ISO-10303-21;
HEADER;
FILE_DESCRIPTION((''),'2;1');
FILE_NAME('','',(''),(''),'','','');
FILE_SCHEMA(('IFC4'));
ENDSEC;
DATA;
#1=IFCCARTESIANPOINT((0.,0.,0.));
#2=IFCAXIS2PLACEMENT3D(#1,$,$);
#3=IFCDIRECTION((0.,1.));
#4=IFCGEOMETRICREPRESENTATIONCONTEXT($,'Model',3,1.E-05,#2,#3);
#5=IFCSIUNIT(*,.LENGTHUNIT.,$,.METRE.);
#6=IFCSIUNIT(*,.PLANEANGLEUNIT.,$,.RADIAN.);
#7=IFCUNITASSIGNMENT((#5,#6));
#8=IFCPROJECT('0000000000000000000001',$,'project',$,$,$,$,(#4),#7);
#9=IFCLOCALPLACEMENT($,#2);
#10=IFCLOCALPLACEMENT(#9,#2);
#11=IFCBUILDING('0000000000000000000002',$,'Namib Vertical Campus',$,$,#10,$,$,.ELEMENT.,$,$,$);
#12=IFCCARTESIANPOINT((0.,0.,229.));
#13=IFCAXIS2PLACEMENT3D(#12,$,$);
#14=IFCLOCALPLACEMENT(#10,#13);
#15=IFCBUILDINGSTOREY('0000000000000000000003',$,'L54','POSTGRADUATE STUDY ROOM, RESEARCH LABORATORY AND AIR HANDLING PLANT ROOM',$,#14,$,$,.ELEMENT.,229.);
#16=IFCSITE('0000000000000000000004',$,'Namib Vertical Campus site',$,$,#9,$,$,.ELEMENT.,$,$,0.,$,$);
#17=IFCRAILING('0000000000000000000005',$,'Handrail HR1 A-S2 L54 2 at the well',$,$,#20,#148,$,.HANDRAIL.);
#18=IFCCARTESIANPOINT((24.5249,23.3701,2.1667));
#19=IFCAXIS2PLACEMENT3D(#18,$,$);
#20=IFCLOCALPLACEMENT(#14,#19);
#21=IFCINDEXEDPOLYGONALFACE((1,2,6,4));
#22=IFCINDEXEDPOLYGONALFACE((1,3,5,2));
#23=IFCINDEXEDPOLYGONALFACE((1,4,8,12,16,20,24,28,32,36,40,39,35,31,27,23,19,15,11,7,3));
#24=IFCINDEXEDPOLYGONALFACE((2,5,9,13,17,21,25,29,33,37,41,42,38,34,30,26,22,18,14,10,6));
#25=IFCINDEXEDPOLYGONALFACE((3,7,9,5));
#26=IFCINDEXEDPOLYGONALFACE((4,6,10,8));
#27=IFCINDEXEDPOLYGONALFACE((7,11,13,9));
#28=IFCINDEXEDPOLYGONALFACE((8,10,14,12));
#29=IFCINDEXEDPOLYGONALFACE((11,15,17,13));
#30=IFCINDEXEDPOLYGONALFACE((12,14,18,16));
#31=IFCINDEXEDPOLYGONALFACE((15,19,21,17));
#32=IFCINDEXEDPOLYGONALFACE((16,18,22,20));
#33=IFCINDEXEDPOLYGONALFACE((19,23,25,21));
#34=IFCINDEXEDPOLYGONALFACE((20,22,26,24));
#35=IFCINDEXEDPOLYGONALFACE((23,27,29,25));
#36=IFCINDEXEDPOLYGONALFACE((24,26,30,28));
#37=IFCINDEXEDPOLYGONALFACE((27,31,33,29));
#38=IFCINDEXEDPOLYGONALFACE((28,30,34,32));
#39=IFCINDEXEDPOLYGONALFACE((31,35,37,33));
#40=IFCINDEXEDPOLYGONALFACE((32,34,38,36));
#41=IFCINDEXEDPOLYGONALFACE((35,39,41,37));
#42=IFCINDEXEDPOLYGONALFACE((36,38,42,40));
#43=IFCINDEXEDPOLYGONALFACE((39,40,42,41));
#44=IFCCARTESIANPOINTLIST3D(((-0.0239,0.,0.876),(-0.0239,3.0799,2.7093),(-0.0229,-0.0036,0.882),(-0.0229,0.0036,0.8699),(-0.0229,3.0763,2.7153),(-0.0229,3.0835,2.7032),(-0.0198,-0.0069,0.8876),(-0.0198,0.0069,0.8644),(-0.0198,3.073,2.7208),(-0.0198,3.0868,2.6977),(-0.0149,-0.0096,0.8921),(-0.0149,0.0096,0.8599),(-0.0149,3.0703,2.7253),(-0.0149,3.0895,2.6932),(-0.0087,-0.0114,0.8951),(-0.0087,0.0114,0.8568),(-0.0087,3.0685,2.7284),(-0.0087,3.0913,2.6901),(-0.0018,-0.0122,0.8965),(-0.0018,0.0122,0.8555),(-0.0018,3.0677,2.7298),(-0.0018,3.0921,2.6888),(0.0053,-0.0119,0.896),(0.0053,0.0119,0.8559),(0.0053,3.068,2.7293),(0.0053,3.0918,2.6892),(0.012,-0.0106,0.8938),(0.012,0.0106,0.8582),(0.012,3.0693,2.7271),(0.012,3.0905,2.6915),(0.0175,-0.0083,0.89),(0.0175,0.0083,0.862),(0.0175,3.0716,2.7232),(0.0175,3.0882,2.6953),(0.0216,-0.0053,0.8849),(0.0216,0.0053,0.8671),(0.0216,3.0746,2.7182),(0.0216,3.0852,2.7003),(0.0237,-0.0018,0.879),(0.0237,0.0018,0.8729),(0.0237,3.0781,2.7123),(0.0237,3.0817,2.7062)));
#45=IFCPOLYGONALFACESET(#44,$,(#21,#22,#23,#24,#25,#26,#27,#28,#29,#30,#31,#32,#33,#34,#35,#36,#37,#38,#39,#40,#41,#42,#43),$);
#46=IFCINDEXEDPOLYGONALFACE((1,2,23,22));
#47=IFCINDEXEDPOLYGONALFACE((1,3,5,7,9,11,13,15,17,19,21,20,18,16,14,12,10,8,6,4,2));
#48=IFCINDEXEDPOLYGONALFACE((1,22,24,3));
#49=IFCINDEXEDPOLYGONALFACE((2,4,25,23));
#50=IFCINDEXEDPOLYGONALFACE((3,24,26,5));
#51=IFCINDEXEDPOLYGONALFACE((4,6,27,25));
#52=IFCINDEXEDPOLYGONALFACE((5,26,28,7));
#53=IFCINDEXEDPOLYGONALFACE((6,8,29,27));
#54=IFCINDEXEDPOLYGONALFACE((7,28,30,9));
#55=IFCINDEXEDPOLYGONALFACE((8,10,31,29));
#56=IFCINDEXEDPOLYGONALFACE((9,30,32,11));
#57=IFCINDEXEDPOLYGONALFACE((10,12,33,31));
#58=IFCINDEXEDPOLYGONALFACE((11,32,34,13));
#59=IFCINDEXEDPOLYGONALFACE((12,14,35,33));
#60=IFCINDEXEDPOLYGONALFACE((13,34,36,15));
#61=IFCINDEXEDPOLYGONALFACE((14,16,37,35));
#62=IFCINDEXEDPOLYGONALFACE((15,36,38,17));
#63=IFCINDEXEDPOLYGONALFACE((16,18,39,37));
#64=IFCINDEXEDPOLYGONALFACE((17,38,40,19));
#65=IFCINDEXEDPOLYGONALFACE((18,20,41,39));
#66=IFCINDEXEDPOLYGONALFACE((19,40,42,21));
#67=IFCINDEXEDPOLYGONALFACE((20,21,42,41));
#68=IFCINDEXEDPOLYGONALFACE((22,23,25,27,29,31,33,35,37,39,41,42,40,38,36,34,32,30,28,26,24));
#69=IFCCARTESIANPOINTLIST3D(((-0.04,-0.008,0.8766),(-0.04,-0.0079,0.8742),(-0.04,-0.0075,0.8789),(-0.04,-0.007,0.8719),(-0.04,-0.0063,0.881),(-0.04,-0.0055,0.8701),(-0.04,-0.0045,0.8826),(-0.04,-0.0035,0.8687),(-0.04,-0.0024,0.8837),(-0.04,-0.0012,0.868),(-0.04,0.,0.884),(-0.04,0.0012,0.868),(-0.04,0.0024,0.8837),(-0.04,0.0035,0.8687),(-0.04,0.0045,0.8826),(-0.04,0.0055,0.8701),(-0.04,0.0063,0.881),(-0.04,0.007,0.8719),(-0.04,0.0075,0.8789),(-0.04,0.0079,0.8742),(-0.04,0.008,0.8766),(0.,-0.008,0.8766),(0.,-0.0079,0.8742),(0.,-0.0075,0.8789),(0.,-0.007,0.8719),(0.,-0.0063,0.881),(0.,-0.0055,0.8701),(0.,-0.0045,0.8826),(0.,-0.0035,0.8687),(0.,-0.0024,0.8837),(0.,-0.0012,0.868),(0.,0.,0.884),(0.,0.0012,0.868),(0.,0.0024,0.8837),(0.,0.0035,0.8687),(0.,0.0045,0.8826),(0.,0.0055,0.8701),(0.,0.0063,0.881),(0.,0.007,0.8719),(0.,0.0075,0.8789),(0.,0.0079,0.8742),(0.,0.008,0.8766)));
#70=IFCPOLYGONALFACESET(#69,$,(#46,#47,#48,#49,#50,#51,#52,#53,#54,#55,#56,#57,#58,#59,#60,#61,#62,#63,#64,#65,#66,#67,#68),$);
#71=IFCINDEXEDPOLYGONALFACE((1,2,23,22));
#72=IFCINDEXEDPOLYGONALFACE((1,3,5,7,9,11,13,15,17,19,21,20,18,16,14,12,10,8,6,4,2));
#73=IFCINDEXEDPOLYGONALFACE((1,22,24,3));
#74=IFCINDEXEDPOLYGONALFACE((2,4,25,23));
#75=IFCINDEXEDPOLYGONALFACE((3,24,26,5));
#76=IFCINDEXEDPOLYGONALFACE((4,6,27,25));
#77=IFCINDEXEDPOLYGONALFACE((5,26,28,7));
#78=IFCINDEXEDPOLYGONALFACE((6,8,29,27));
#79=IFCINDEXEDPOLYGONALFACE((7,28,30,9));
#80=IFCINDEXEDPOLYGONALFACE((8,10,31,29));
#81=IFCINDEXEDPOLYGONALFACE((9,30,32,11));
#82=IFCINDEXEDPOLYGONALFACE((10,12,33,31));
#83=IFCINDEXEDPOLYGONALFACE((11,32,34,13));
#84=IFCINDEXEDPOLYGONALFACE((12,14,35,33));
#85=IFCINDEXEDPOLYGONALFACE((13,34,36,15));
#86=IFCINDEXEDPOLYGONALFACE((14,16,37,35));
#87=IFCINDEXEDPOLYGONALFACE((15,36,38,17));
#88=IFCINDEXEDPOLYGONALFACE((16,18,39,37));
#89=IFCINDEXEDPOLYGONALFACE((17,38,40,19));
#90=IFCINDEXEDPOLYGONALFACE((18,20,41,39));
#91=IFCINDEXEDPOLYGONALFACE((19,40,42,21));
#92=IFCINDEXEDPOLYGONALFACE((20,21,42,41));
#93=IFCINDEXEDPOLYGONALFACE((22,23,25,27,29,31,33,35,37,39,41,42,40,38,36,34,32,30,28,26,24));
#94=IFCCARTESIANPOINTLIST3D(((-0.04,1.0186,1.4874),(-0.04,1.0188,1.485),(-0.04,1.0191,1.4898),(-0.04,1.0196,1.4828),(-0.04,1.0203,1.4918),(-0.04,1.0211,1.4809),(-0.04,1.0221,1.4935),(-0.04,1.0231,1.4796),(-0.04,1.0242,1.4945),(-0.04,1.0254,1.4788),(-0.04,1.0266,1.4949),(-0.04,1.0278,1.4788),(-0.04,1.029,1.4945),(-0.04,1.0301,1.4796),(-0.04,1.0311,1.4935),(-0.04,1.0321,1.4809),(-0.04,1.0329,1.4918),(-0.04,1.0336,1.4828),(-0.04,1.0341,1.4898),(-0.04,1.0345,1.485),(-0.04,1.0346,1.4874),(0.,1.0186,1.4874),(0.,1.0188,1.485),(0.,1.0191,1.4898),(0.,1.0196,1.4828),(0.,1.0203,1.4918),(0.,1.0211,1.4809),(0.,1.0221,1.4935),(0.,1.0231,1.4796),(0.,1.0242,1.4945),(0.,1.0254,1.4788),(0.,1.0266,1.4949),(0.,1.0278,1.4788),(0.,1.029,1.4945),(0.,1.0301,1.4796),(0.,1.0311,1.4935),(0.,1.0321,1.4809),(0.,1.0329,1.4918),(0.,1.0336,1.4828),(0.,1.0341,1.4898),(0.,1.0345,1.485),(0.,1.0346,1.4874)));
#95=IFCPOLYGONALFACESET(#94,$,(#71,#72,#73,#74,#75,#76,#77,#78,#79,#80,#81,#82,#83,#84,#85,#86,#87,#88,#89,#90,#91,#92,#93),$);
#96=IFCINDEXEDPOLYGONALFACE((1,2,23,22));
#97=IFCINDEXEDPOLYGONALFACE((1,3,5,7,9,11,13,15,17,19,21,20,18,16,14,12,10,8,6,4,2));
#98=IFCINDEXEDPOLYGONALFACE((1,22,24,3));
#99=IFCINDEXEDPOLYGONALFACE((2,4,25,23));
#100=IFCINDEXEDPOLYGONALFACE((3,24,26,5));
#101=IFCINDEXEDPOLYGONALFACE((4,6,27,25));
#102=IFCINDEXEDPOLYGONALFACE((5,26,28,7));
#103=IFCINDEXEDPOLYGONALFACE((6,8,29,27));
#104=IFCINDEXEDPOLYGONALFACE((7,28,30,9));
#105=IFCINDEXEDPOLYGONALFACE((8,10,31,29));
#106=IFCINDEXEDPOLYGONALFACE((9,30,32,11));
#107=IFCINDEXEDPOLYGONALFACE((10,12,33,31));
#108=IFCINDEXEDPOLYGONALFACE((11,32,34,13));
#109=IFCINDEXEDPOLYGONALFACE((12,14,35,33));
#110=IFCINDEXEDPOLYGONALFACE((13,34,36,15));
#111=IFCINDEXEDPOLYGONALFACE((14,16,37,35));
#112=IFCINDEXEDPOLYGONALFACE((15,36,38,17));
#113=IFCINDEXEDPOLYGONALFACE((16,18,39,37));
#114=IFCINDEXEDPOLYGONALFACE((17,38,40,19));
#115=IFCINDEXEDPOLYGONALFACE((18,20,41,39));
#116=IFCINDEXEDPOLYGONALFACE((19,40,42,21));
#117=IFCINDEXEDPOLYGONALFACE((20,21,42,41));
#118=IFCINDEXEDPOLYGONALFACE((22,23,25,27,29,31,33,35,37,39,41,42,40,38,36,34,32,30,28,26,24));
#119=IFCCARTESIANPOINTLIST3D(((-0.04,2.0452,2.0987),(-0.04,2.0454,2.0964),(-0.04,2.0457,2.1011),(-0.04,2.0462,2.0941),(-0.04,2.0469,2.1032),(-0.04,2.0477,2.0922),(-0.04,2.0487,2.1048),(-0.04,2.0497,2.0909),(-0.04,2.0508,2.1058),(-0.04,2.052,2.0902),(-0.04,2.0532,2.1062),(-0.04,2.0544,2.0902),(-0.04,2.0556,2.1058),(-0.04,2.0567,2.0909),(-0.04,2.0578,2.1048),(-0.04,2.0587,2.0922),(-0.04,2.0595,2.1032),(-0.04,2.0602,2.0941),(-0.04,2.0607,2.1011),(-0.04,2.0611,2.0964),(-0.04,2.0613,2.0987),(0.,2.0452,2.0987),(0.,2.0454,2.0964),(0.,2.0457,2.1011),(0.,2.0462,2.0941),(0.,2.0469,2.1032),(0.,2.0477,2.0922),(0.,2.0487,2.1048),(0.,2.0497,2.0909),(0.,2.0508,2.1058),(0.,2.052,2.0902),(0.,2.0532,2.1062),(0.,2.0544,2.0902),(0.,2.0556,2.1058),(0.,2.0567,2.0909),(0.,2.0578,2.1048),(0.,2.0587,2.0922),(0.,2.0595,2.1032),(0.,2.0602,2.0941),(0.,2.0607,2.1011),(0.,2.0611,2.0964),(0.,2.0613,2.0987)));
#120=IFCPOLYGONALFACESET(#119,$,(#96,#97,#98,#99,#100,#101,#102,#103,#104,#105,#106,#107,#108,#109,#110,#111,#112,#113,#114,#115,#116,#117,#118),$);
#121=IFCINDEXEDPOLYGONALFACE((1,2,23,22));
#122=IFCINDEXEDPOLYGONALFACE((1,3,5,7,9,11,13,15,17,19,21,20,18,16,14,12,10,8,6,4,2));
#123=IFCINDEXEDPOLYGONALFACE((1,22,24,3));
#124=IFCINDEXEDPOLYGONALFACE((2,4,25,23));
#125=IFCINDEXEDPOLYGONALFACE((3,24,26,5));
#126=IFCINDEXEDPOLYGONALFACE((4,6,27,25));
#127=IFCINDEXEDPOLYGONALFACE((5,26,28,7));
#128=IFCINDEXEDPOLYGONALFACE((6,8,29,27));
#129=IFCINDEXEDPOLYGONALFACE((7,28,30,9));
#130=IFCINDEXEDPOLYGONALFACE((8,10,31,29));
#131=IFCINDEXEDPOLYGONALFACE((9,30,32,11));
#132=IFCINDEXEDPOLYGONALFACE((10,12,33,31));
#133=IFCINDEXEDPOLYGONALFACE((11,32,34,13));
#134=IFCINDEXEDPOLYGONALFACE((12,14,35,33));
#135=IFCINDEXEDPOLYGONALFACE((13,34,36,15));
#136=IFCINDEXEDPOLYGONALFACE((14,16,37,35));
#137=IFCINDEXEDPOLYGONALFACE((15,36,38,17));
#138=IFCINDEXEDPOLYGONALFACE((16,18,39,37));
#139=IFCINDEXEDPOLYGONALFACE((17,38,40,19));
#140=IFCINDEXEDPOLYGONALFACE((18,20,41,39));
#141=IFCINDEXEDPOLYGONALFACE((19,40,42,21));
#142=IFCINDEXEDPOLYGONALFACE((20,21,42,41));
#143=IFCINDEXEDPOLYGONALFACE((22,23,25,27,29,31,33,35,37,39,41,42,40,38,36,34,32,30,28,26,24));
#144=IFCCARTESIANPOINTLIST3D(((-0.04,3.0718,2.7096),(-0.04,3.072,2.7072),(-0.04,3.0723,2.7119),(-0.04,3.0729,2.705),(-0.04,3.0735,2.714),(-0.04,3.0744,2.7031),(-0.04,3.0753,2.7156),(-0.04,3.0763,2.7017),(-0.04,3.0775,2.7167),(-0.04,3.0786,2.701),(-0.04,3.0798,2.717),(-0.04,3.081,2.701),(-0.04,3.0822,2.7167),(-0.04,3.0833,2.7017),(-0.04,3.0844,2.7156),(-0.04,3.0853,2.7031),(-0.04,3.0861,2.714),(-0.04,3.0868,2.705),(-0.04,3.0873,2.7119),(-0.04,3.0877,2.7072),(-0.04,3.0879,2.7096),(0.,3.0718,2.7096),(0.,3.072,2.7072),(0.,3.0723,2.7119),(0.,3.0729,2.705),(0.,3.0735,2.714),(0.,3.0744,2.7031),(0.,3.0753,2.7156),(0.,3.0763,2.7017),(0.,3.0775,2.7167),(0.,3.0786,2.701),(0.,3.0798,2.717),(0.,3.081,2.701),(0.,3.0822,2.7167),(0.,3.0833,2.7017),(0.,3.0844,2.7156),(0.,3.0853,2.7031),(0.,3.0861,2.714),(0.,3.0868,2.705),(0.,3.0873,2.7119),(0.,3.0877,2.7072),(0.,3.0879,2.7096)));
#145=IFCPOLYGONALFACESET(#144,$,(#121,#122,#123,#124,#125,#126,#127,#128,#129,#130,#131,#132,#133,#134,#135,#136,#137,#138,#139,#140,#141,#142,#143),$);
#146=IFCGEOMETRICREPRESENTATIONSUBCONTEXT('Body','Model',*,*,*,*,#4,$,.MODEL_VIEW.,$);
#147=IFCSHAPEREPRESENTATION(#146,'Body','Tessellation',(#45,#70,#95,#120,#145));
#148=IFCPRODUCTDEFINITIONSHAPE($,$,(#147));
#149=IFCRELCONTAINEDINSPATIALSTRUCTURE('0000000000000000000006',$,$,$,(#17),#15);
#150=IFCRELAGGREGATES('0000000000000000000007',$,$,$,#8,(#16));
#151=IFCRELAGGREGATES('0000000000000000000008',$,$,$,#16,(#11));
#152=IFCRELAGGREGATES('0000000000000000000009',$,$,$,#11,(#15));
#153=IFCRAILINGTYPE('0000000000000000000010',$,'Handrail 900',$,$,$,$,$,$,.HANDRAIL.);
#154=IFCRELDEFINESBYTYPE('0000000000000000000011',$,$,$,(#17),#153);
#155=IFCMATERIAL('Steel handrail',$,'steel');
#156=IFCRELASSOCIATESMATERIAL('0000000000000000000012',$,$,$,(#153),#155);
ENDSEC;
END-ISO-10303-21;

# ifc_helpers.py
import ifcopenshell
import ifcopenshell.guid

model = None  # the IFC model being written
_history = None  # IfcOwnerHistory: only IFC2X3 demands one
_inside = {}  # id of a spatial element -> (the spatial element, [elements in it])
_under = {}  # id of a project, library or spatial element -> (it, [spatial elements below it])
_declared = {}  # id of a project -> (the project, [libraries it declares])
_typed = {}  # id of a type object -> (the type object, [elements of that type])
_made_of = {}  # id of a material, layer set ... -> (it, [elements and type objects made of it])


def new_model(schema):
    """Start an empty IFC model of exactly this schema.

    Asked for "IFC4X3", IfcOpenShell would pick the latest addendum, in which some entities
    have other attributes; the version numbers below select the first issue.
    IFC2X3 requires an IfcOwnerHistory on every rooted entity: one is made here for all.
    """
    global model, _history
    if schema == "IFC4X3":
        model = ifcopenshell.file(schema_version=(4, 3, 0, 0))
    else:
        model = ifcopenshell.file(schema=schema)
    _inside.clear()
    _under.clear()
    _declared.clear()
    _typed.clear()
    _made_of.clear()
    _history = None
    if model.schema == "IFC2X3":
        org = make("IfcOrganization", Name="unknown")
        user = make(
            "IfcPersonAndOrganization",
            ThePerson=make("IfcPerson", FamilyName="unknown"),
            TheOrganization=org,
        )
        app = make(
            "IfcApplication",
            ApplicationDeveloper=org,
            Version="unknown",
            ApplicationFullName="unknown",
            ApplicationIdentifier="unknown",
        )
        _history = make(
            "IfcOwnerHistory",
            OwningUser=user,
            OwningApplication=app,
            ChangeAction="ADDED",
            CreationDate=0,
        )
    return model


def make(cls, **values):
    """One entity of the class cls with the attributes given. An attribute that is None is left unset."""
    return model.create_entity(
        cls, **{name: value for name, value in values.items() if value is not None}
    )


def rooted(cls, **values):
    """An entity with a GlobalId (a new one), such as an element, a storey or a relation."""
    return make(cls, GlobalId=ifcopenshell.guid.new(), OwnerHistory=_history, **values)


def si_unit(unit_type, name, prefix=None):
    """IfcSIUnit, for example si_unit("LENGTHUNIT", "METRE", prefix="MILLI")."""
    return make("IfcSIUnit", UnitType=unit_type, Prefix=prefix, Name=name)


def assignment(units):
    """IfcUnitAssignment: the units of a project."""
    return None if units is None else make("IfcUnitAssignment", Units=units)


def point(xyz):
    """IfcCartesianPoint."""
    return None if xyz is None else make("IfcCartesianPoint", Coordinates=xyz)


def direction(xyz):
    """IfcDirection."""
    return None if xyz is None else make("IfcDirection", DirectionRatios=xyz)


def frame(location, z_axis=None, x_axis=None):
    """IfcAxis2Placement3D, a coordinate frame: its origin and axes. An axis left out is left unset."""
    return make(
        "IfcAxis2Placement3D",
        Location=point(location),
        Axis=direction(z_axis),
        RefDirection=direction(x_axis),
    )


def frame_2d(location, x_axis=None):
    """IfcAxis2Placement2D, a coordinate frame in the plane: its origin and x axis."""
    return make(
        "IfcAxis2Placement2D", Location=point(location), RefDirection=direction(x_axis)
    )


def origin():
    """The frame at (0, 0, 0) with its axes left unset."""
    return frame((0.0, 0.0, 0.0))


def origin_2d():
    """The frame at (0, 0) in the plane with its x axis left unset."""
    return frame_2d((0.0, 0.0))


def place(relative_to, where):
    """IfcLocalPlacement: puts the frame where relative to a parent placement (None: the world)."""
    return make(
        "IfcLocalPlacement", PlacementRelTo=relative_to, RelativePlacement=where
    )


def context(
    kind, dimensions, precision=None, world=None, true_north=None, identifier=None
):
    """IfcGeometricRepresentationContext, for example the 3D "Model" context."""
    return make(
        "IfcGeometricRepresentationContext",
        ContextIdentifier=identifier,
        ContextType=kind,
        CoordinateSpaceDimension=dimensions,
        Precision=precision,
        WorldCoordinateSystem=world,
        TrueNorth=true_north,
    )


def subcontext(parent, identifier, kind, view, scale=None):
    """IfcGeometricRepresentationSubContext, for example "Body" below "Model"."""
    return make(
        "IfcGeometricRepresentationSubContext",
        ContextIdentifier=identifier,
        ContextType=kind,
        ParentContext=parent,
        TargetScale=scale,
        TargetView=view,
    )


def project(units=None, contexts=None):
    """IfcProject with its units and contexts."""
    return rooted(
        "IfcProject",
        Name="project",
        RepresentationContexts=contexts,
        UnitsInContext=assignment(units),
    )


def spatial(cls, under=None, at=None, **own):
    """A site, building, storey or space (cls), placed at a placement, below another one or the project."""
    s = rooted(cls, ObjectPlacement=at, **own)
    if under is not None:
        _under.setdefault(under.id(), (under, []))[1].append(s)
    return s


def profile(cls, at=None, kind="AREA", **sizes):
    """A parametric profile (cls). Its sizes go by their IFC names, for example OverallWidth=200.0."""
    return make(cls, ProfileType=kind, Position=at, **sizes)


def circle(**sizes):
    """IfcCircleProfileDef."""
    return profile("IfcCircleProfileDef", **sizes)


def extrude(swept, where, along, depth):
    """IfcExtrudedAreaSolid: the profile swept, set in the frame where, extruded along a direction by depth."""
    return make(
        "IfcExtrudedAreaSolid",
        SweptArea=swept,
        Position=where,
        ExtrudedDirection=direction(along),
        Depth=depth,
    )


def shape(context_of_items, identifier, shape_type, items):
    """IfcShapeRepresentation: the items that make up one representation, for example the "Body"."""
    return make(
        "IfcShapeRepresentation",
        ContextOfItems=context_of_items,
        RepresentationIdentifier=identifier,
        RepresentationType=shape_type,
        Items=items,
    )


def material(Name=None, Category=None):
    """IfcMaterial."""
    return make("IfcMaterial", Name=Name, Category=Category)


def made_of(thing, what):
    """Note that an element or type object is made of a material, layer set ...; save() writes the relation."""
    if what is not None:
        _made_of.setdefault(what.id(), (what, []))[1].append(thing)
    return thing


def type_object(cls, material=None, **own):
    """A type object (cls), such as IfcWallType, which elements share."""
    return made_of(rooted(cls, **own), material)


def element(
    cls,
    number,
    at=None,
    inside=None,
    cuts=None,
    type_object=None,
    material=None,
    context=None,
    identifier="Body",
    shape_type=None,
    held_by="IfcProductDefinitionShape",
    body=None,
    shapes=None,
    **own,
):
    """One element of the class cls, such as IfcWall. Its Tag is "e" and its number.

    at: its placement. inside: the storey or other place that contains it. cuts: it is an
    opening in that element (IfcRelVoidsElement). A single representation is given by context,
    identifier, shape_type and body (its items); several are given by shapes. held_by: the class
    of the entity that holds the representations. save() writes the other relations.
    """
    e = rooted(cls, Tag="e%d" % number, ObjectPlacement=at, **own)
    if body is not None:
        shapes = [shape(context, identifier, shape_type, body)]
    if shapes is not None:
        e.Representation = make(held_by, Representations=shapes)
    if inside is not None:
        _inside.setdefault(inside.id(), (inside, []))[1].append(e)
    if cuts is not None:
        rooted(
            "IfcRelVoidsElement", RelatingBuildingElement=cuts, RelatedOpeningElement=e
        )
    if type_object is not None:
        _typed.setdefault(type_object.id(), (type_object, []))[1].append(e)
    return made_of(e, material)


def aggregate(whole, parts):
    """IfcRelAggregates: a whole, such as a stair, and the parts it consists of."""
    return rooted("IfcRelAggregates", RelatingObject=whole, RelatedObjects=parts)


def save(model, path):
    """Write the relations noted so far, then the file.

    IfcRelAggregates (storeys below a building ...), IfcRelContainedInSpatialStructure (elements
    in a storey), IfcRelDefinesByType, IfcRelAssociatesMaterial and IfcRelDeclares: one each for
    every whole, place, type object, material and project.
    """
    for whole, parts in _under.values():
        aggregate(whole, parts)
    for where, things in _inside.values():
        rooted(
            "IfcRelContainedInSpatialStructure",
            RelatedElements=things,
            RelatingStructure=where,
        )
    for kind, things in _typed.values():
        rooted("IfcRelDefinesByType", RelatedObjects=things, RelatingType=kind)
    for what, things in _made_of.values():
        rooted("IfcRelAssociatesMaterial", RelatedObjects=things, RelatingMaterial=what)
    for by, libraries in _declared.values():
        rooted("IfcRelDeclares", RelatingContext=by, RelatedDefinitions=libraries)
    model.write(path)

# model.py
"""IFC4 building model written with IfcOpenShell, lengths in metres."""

from ifc_helpers import new_model, si_unit, direction, frame, origin, origin_2d, place, context, subcontext, project, spatial, circle, extrude, material, type_object, element, save


model = new_model("IFC4")

# Units and contexts
model_context = context("Model", 3, precision=1e-05, world=origin(), true_north=direction((0.0, 1.0)))
body_context = subcontext(model_context, "Body", "Model", "MODEL_VIEW")
ifc_project = project(units=[si_unit("LENGTHUNIT", "METRE"), si_unit("PLANEANGLEUNIT", "RADIAN")], contexts=[model_context])

# Site, building, storey
site_placement = place(None, origin())
site = spatial("IfcSite", under=ifc_project, at=site_placement, Name="Namib Vertical Campus site", CompositionType="ELEMENT", RefElevation=0.0)
building_placement = place(site_placement, origin())
building = spatial("IfcBuilding", under=site, at=building_placement, Name="Namib Vertical Campus", CompositionType="ELEMENT")
storey_placement = place(building_placement, frame((0.0, 0.0, 229.0)))
storey = spatial("IfcBuildingStorey", under=building, at=storey_placement, Name="L54", Description="POSTGRADUATE STUDY ROOM, RESEARCH LABORATORY AND AIR HANDLING PLANT ROOM", CompositionType="ELEMENT", Elevation=229.0)

# Railing
ifc_material_1 = material(Name="Steel handrail", Category="steel")
railing_type_1 = type_object("IfcRailingType", Name="Handrail 900", PredefinedType="HANDRAIL", material=ifc_material_1)
railing_1_placement = place(storey_placement, frame((24.5249, 23.3701, 2.1667)))
element("IfcRailing", 1, at=railing_1_placement, inside=storey, type_object=railing_type_1, Name="Handrail HR1 A-S2 L54 2 at the well", PredefinedType="HANDRAIL", context=body_context, shape_type="SweptSolid", body=[
    extrude(circle(Radius=0.0239, at=origin_2d()), frame((0.0, 0.0, 0.876), z_axis=(0.0, 0.859291, 0.511487), x_axis=(-1.0, 0.0, 0.0)), (0.0, 0.0, 1.0), 3.5842),
    extrude(circle(Radius=0.0081, at=origin_2d()), frame((0.0, 0.0, 0.876), z_axis=(-1.0, 0.0, 0.0), x_axis=(0.0, 0.0, 1.0)), (0.0, 0.0, 1.0), 0.04),
    extrude(circle(Radius=0.0081, at=origin_2d()), frame((0.0, 1.0266, 1.4868), z_axis=(-1.0, 0.0, 0.0), x_axis=(0.0, 0.0, 1.0)), (0.0, 0.0, 1.0), 0.04),
    extrude(circle(Radius=0.0081, at=origin_2d()), frame((0.0, 2.0532, 2.0981), z_axis=(-1.0, 0.0, 0.0), x_axis=(0.0, 0.0, 1.0)), (0.0, 0.0, 1.0), 0.04),
    extrude(circle(Radius=0.0081, at=origin_2d()), frame((0.0, 3.0798, 2.709), z_axis=(-1.0, 0.0, 0.0), x_axis=(0.0, 0.0, 1.0)), (0.0, 0.0, 1.0), 0.04),
])

save(model, "model.ifc")
